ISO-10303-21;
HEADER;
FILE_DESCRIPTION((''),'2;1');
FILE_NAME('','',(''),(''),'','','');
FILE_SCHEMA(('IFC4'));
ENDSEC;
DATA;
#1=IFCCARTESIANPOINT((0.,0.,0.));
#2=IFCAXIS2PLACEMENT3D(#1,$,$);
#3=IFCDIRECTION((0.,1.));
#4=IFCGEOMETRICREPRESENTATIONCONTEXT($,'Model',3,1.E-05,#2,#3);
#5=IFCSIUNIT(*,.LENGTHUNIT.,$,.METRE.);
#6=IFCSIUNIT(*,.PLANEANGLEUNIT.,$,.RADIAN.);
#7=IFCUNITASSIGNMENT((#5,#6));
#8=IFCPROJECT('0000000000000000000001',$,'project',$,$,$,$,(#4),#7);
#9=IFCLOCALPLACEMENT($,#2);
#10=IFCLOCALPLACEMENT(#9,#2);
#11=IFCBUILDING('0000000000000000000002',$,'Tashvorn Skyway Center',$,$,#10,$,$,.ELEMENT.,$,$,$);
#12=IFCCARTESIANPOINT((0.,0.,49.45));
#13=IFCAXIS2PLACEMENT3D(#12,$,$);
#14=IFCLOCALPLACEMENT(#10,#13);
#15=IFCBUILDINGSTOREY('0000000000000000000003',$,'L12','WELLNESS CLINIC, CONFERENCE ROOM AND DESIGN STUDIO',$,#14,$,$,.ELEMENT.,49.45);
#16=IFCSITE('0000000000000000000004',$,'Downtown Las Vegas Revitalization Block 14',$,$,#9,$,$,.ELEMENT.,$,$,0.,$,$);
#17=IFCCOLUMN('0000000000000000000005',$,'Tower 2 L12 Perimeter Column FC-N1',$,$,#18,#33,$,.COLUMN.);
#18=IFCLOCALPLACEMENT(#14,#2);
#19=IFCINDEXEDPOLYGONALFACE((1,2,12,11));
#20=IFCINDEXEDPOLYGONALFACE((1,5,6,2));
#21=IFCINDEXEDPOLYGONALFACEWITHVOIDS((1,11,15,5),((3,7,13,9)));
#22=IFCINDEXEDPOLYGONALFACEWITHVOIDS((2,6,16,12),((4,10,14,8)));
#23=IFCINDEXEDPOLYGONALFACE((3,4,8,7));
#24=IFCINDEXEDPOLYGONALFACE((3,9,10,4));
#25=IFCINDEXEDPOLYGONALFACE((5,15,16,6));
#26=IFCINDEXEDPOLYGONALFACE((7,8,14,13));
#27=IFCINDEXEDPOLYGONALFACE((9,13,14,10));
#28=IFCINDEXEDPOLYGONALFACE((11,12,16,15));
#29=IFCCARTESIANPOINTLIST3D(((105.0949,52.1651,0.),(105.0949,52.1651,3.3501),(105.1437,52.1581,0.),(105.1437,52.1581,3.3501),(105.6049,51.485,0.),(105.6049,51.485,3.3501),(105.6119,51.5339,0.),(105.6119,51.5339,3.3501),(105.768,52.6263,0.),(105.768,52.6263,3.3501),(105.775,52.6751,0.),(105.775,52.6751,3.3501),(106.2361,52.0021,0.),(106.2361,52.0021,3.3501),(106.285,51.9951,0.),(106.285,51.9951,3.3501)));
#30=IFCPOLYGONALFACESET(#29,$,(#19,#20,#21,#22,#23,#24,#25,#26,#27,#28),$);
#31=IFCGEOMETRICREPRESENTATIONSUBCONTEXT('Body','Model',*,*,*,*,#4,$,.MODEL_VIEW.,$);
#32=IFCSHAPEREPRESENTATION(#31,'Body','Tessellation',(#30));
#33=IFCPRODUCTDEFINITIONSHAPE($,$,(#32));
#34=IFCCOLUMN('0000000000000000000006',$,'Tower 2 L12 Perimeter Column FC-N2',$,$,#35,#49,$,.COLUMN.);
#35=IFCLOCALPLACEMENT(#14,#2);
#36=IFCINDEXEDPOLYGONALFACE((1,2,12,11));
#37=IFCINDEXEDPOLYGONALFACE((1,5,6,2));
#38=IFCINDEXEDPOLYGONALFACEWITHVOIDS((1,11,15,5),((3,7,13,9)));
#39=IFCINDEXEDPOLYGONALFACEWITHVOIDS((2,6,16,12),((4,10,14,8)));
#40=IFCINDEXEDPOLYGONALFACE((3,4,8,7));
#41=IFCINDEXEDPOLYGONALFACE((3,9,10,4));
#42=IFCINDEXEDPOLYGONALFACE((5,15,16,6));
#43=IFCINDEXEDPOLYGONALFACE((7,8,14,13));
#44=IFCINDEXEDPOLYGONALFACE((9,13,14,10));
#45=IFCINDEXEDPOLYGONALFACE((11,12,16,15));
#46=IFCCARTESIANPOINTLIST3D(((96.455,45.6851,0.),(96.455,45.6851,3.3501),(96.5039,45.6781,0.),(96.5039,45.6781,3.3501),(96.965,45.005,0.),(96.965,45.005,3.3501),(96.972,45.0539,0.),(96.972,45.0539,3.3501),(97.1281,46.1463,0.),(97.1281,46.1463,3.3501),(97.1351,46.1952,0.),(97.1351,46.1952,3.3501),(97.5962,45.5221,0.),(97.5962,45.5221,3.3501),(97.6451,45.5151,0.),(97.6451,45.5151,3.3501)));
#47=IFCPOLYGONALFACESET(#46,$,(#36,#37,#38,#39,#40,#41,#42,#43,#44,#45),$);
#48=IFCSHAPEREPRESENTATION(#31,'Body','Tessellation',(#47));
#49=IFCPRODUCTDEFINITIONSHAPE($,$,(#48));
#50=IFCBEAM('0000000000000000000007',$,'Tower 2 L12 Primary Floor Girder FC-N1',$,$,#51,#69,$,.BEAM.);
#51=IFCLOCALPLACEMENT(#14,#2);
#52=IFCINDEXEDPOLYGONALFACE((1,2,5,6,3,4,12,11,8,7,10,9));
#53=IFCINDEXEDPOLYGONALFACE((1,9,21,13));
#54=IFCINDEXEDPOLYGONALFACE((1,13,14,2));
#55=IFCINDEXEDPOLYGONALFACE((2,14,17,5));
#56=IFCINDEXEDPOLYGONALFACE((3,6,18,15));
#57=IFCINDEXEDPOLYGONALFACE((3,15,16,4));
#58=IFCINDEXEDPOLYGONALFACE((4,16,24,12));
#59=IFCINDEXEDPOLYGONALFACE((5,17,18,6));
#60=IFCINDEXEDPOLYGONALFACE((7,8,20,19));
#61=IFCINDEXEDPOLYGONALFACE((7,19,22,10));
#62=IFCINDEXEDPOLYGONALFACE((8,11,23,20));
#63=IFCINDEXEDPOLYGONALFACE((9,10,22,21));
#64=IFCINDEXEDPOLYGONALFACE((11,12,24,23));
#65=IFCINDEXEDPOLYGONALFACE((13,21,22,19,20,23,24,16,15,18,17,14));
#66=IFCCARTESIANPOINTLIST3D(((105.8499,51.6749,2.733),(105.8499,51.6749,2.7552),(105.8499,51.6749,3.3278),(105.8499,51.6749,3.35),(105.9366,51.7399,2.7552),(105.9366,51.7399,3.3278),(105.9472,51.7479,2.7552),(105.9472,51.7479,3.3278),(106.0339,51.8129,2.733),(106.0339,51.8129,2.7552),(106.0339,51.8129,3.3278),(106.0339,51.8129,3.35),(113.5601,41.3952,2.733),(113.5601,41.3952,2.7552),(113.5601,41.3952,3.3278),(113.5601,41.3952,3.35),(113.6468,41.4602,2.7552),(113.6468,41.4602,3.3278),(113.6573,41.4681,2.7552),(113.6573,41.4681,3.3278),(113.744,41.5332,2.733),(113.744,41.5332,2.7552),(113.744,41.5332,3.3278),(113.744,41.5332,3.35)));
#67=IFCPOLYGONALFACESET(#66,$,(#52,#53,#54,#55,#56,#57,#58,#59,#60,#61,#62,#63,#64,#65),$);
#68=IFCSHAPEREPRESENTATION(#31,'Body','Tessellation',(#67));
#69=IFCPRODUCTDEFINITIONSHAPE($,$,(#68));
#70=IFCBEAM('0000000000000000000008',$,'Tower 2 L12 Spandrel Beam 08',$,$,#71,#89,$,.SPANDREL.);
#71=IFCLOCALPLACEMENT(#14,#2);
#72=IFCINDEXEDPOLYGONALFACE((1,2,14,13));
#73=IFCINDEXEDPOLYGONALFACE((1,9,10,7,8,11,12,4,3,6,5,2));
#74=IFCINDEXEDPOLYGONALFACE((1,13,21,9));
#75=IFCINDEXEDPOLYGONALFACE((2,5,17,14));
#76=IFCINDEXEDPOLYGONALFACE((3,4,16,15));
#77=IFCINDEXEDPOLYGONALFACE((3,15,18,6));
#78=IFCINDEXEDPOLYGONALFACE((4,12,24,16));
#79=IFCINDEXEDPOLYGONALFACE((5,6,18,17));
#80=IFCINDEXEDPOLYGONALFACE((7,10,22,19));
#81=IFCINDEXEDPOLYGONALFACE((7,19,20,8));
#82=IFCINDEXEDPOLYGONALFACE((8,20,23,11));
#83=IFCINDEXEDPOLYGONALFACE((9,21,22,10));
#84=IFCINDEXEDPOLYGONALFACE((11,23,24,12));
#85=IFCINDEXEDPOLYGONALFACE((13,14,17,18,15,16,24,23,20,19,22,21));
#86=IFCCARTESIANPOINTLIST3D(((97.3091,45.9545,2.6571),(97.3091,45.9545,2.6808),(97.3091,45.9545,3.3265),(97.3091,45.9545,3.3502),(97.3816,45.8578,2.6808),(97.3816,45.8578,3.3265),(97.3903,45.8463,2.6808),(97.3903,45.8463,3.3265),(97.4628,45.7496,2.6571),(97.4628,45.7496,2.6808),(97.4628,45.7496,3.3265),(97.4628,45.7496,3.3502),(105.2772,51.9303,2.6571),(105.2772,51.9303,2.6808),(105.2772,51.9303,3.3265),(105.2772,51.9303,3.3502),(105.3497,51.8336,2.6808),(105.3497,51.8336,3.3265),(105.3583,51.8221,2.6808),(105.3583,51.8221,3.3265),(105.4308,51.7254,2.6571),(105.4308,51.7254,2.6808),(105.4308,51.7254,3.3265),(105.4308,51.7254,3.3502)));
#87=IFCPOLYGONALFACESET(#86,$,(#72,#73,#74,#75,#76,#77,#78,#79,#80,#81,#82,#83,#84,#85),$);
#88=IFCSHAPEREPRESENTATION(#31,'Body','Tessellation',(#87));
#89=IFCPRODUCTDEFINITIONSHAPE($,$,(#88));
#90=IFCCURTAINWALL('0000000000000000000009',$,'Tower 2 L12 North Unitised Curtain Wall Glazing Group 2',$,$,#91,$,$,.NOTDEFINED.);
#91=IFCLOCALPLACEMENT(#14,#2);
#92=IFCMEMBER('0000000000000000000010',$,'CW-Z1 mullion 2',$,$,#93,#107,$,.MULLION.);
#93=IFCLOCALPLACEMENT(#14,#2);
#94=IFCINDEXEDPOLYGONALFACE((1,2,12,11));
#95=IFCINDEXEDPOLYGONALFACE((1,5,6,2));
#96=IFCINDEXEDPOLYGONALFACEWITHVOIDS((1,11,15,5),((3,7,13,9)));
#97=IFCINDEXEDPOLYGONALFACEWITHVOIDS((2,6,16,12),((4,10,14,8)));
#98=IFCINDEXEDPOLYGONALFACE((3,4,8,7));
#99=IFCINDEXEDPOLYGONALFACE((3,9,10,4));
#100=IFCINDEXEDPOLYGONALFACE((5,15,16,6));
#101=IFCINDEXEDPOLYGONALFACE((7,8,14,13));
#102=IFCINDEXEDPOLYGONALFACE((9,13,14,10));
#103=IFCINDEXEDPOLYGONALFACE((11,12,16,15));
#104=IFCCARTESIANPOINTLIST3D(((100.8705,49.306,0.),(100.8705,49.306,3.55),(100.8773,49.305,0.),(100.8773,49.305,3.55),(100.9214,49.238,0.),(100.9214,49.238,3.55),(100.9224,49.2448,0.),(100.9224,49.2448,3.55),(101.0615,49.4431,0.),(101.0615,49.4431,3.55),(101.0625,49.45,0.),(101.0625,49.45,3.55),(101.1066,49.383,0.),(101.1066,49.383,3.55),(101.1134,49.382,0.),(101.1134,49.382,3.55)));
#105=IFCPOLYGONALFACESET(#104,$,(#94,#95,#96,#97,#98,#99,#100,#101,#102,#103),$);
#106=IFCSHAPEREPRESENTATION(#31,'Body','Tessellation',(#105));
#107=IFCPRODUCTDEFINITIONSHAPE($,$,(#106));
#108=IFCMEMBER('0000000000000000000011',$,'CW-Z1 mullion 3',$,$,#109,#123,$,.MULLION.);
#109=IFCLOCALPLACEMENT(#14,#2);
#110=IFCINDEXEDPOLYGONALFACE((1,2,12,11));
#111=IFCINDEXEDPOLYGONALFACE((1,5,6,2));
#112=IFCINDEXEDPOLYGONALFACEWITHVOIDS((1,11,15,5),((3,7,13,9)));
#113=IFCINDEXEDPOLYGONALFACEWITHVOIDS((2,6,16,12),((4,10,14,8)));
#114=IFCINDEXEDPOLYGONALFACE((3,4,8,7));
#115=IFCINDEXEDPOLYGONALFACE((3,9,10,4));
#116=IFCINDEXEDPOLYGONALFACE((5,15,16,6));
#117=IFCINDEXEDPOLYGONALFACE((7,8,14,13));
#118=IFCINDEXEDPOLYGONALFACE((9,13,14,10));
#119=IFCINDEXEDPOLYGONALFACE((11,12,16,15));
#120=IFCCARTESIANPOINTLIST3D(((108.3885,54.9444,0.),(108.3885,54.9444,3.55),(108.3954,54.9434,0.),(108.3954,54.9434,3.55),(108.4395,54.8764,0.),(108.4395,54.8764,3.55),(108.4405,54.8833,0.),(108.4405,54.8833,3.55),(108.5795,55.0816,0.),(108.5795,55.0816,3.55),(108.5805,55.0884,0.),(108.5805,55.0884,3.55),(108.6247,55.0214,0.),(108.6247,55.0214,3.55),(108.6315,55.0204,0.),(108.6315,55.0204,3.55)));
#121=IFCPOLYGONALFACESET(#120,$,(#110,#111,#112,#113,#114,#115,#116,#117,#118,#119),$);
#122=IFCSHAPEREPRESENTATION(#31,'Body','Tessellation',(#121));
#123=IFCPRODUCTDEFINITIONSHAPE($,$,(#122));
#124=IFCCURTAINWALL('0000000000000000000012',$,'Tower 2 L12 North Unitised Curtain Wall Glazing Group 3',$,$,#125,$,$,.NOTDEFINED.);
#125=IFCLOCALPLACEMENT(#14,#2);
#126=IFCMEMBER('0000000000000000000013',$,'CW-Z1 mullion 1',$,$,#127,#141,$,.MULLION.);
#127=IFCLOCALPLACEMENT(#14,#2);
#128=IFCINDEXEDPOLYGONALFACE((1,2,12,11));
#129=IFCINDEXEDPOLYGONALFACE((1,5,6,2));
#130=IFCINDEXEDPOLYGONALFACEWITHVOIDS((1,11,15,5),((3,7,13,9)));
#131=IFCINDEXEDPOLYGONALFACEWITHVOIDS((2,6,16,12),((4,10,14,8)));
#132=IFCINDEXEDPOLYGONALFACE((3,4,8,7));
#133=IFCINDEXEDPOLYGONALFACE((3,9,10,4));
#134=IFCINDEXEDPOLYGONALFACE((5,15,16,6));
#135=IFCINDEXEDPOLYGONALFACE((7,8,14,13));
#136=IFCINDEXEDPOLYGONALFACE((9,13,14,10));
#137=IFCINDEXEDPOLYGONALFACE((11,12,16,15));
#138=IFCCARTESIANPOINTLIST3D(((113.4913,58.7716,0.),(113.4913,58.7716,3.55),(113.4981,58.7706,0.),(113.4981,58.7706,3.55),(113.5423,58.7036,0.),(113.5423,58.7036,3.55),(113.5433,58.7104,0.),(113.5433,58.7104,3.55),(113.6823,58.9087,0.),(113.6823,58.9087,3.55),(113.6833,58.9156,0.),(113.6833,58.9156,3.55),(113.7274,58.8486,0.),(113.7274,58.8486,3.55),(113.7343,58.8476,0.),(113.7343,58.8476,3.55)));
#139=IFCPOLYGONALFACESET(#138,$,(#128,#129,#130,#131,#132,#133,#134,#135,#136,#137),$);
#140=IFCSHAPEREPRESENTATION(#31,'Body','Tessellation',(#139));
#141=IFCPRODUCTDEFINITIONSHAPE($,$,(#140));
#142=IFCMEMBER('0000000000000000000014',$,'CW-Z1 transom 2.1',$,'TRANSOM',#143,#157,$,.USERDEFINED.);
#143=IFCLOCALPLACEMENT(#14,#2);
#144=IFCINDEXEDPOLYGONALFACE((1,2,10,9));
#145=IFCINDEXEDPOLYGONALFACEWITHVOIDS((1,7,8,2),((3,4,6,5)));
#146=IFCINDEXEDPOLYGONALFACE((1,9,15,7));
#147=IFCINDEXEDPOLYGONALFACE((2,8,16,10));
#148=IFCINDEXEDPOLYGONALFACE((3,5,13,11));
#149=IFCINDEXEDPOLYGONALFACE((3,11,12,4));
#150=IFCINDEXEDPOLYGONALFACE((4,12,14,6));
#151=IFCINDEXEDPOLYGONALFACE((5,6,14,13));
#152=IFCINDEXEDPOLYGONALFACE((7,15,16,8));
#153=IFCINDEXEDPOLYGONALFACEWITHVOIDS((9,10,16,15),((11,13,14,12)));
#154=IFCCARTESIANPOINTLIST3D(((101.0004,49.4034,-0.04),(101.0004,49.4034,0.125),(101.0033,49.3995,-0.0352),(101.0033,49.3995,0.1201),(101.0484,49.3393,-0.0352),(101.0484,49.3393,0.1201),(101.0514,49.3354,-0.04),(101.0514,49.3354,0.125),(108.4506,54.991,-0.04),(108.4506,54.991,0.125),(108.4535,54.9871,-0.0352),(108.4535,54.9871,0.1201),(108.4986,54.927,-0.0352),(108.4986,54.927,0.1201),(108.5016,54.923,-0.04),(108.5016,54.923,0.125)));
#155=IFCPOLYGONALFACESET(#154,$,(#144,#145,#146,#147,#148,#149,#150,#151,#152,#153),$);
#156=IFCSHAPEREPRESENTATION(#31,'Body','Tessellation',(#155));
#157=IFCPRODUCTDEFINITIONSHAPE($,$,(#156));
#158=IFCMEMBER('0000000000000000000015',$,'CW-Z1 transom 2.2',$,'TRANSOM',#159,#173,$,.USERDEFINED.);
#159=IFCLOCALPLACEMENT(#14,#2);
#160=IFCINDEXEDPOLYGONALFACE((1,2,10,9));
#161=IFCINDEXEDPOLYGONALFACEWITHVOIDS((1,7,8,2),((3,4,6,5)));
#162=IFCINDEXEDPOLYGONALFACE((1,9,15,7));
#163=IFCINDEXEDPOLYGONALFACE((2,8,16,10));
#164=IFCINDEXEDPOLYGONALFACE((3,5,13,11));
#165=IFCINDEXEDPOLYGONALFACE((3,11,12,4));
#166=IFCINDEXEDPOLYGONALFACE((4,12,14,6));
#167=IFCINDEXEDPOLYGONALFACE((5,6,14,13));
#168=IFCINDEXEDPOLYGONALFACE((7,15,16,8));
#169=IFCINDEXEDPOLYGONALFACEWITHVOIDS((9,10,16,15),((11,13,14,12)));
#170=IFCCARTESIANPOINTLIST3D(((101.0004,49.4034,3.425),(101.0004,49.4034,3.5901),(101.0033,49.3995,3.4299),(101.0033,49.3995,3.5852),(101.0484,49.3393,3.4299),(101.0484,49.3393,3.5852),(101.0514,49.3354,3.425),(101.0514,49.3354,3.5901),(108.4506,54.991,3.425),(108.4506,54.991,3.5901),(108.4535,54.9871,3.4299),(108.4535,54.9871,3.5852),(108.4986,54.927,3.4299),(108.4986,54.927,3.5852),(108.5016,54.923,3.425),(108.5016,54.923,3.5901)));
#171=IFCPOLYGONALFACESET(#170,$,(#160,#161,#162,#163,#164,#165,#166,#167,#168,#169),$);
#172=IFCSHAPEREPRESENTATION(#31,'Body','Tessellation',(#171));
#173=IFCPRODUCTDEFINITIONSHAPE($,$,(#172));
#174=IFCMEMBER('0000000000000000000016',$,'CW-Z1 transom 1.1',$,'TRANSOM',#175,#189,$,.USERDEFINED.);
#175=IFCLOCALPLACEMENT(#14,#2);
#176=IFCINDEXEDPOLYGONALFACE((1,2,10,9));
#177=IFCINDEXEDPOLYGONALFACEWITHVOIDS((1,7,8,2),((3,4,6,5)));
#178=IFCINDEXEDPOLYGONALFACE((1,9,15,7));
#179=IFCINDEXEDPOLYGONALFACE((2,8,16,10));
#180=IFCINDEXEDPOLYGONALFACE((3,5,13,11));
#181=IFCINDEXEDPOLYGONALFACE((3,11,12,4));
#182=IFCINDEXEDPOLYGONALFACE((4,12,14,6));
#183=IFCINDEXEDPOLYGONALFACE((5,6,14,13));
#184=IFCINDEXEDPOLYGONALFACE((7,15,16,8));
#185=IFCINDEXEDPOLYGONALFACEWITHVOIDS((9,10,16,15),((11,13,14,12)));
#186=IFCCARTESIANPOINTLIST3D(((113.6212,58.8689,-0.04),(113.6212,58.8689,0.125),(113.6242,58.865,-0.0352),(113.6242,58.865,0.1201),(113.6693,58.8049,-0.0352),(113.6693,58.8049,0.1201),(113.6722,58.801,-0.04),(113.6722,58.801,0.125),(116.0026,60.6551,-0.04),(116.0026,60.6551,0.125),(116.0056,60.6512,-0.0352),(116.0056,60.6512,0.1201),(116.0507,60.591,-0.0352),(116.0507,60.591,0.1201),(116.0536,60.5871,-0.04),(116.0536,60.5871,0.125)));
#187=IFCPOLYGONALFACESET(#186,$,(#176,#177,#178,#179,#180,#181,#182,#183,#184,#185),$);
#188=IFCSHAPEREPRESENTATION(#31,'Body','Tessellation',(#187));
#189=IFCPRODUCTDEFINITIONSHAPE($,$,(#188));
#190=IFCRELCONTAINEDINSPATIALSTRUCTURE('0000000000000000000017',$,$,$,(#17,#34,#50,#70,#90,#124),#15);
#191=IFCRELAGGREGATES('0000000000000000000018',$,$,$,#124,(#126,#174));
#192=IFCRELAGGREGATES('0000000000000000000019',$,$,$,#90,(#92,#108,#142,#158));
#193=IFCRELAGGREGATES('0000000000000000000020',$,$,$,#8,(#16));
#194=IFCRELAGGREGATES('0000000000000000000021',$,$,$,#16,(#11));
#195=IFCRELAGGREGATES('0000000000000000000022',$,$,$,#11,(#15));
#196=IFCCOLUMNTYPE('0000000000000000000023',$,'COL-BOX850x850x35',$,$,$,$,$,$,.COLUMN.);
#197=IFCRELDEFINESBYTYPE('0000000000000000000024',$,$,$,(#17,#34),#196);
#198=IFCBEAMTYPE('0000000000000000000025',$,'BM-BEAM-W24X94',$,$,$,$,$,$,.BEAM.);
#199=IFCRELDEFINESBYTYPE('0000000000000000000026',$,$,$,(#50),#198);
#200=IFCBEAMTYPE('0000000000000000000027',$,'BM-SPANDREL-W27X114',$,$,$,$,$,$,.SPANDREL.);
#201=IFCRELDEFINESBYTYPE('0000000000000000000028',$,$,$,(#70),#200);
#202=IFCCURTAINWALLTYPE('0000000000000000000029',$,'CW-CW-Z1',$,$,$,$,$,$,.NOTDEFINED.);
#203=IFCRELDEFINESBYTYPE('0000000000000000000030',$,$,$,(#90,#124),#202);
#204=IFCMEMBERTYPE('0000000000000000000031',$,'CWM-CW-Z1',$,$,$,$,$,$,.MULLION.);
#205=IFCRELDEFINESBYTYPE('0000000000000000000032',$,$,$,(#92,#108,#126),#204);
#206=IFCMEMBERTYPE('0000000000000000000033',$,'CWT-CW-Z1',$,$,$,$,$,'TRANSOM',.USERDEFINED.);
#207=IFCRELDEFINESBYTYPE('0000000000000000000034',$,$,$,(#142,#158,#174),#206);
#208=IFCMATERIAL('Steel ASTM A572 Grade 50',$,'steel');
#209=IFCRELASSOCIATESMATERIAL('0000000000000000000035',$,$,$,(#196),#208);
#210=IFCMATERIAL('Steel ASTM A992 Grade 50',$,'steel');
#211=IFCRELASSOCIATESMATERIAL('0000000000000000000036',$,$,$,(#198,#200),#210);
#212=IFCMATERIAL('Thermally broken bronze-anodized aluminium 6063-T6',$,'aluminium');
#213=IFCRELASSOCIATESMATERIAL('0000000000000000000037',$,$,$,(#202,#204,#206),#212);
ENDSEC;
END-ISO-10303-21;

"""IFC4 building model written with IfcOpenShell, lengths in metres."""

from ifc_helpers import new_model, si_unit, direction, frame, origin, origin_2d, place, context, subcontext, project, spatial, hollow_rectangle, i_section, extrude, material, material_profile, profile_set, type_object, element, aggregate, save


model = new_model("IFC4")

# Units and contexts
model_context = context("Model", 3, precision=1e-05, world=origin(), true_north=direction((0.0, 1.0)))
body_context = subcontext(model_context, "Body", "Model", "MODEL_VIEW")
ifc_project = project(units=[si_unit("LENGTHUNIT", "METRE"), si_unit("PLANEANGLEUNIT", "RADIAN")], contexts=[model_context])

# Site, building, storey
site_placement = place(None, origin())
site = spatial("IfcSite", under=ifc_project, at=site_placement, Name="Downtown Las Vegas Revitalization Block 14", CompositionType="ELEMENT", RefElevation=0.0)
building_placement = place(site_placement, origin())
building = spatial("IfcBuilding", under=site, at=building_placement, Name="Tashvorn Skyway Center", CompositionType="ELEMENT")
storey_placement = place(building_placement, frame((0.0, 0.0, 49.45)))
storey = spatial("IfcBuildingStorey", under=building, at=storey_placement, Name="L12", Description="WELLNESS CLINIC, CONFERENCE ROOM AND DESIGN STUDIO", CompositionType="ELEMENT", Elevation=49.45)

# Columns
ifc_material_1 = material(Name="Steel ASTM A572 Grade 50", Category="steel")
ifc_material_profile_1 = material_profile(ifc_material_1, hollow_rectangle(XDim=0.8501, YDim=0.8501, WallThickness=0.0349, at=origin_2d()), Name="BOX850x850x35")
ifc_profile_set_1 = profile_set([ifc_material_profile_1], Name="Steel ASTM A572 Grade 50")
column_type = type_object("IfcColumnType", Name="COL-BOX850x850x35", PredefinedType="COLUMN", material=ifc_profile_set_1)
for number, where, z_axis, x_axis, name in (
    (1, (105.6899, 52.0801, 0.0), (0.0, 0.0, 1.0), (0.8, 0.6, 0.0), "Tower 2 L12 Perimeter Column FC-N1"),
    (2, (97.05, 45.6001, 0.0), (0.0, 0.0, 1.0), (0.8, 0.6, 0.0), "Tower 2 L12 Perimeter Column FC-N2"),
):
    element("IfcColumn", number, at=place(storey_placement, frame(where, z_axis=z_axis, x_axis=x_axis)), inside=storey, type_object=column_type, Name=name, PredefinedType="COLUMN", context=body_context, shape_type="SweptSolid", body=[
        extrude(hollow_rectangle(XDim=0.8501, YDim=0.8501, WallThickness=0.0349, at=origin_2d()), origin(), (0.0, 0.0, 1.0), 3.3501),
    ])

# Beams
ifc_material_2 = material(Name="Steel ASTM A992 Grade 50", Category="steel")
ifc_material_profile_2 = material_profile(ifc_material_2, i_section(OverallWidth=0.23, OverallDepth=0.6169, WebThickness=0.0132, FlangeThickness=0.0222, at=origin_2d()), Name="W24X94")
ifc_profile_set_2 = profile_set([ifc_material_profile_2], Name="Steel ASTM A992 Grade 50")
beam_type_1 = type_object("IfcBeamType", Name="BM-BEAM-W24X94", PredefinedType="BEAM", material=ifc_profile_set_2)
beam_1_placement = place(storey_placement, frame((105.9419, 51.7439, 3.0415), z_axis=(0.600018, -0.799986, 0.0), x_axis=(0.799986, 0.600018, 0.0)))
element("IfcBeam", 3, at=beam_1_placement, inside=storey, type_object=beam_type_1, Name="Tower 2 L12 Primary Floor Girder FC-N1", PredefinedType="BEAM", context=body_context, shape_type="SweptSolid", body=[
    extrude(i_section(OverallWidth=0.23, OverallDepth=0.6169, WebThickness=0.0132, FlangeThickness=0.0222, at=origin_2d()), origin(), (0.0, 0.0, 1.0), 12.8499),
])
ifc_material_profile_3 = material_profile(ifc_material_2, i_section(OverallWidth=0.2561, OverallDepth=0.6931, WebThickness=0.0144, FlangeThickness=0.0237, at=origin_2d()), Name="W27X114")
ifc_profile_set_3 = profile_set([ifc_material_profile_3], Name="Steel ASTM A992 Grade 50")
beam_type_2 = type_object("IfcBeamType", Name="BM-SPANDREL-W27X114", PredefinedType="SPANDREL", material=ifc_profile_set_3)
beam_2_placement = place(storey_placement, frame((105.354, 51.8279, 3.0037), z_axis=(-0.800009, -0.599988, 0.0), x_axis=(0.599988, -0.800009, 0.0)))
element("IfcBeam", 4, at=beam_2_placement, inside=storey, type_object=beam_type_2, Name="Tower 2 L12 Spandrel Beam 08", PredefinedType="SPANDREL", context=body_context, shape_type="SweptSolid", body=[
    extrude(i_section(OverallWidth=0.2561, OverallDepth=0.6931, WebThickness=0.0144, FlangeThickness=0.0237, at=origin_2d()), origin(), (0.0, 0.0, 1.0), 9.96),
])

# Curtain wall, members
ifc_material_3 = material(Name="Thermally broken bronze-anodized aluminium 6063-T6", Category="aluminium")
curtain_wall_type = type_object("IfcCurtainWallType", Name="CW-CW-Z1", PredefinedType="NOTDEFINED", material=ifc_material_3)
curtain_wall_1_placement = place(storey_placement, origin())
curtain_wall_1 = element("IfcCurtainWall", 5, at=curtain_wall_1_placement, inside=storey, type_object=curtain_wall_type, Name="Tower 2 L12 North Unitised Curtain Wall Glazing Group 2", PredefinedType="NOTDEFINED")
ifc_material_profile_4 = material_profile(ifc_material_3, hollow_rectangle(XDim=0.085, YDim=0.24, WallThickness=0.0049, at=origin_2d()), Name="ALU-MULL-85x240")
ifc_profile_set_4 = profile_set([ifc_material_profile_4], Name="Thermally broken bronze-anodized aluminium 6063-T6")
member_type_1 = type_object("IfcMemberType", Name="CWM-CW-Z1", PredefinedType="MULLION", material=ifc_profile_set_4)
member_1_placement = place(storey_placement, frame((100.9919, 49.344, 0.0), z_axis=(0.0, 0.0, 1.0), x_axis=(-0.6, 0.8, 0.0)))
member_1 = element("IfcMember", 6, at=member_1_placement, type_object=member_type_1, Name="CW-Z1 mullion 2", PredefinedType="MULLION", context=body_context, shape_type="SweptSolid", body=[
    extrude(hollow_rectangle(XDim=0.085, YDim=0.24, WallThickness=0.0049, at=origin_2d()), origin(), (0.0, 0.0, 1.0), 3.55),
])
member_2_placement = place(storey_placement, frame((108.51, 54.9824, 0.0), z_axis=(0.0, 0.0, 1.0), x_axis=(-0.6, 0.8, 0.0)))
member_2 = element("IfcMember", 7, at=member_2_placement, type_object=member_type_1, Name="CW-Z1 mullion 3", PredefinedType="MULLION", context=body_context, shape_type="SweptSolid", body=[
    extrude(hollow_rectangle(XDim=0.085, YDim=0.24, WallThickness=0.0049, at=origin_2d()), origin(), (0.0, 0.0, 1.0), 3.55),
])

# Curtain wall, member
curtain_wall_2_placement = place(storey_placement, origin())
curtain_wall_2 = element("IfcCurtainWall", 8, at=curtain_wall_2_placement, inside=storey, type_object=curtain_wall_type, Name="Tower 2 L12 North Unitised Curtain Wall Glazing Group 3", PredefinedType="NOTDEFINED")
member_3_placement = place(storey_placement, frame((113.6128, 58.8096, 0.0), z_axis=(0.0, 0.0, 1.0), x_axis=(-0.600005, 0.799996, 0.0)))
member_3 = element("IfcMember", 9, at=member_3_placement, type_object=member_type_1, Name="CW-Z1 mullion 1", PredefinedType="MULLION", context=body_context, shape_type="SweptSolid", body=[
    extrude(hollow_rectangle(XDim=0.085, YDim=0.24, WallThickness=0.0049, at=origin_2d()), origin(), (0.0, 0.0, 1.0), 3.55),
])

# Members
ifc_material_profile_5 = material_profile(ifc_material_3, hollow_rectangle(XDim=0.085, YDim=0.165, WallThickness=0.0049, at=origin_2d()), Name="ALU-TRAN-85x165")
ifc_profile_set_5 = profile_set([ifc_material_profile_5], Name="Thermally broken bronze-anodized aluminium 6063-T6")
member_type_2 = type_object("IfcMemberType", Name="CWT-CW-Z1", ElementType="TRANSOM", PredefinedType="USERDEFINED", material=ifc_profile_set_5)
member_4_placement = place(storey_placement, frame((101.0259, 49.3694, 0.0425), z_axis=(0.8, 0.6, 0.0), x_axis=(-0.6, 0.8, 0.0)))
member_4 = element("IfcMember", 10, at=member_4_placement, type_object=member_type_2, Name="CW-Z1 transom 2.1", ObjectType="TRANSOM", PredefinedType="USERDEFINED", context=body_context, shape_type="SweptSolid", body=[
    extrude(hollow_rectangle(XDim=0.085, YDim=0.165, WallThickness=0.0049, at=origin_2d()), origin(), (0.0, 0.0, 1.0), 9.3127),
])
member_5_placement = place(storey_placement, frame((101.0259, 49.3694, 3.5076), z_axis=(0.8, 0.6, 0.0), x_axis=(-0.6, 0.8, 0.0)))
member_5 = element("IfcMember", 11, at=member_5_placement, type_object=member_type_2, Name="CW-Z1 transom 2.2", ObjectType="TRANSOM", PredefinedType="USERDEFINED", context=body_context, shape_type="SweptSolid", body=[
    extrude(hollow_rectangle(XDim=0.085, YDim=0.165, WallThickness=0.0049, at=origin_2d()), origin(), (0.0, 0.0, 1.0), 9.3127),
])
member_6_placement = place(storey_placement, frame((113.6467, 58.835, 0.0425), z_axis=(0.79998, 0.600026, 0.0), x_axis=(-0.600026, 0.79998, 0.0)))
member_6 = element("IfcMember", 12, at=member_6_placement, type_object=member_type_2, Name="CW-Z1 transom 1.1", ObjectType="TRANSOM", PredefinedType="USERDEFINED", context=body_context, shape_type="SweptSolid", body=[
    extrude(hollow_rectangle(XDim=0.085, YDim=0.165, WallThickness=0.0049, at=origin_2d()), origin(), (0.0, 0.0, 1.0), 2.9768),
])
aggregate(curtain_wall_2, [member_3, member_6])

aggregate(curtain_wall_1, [member_1, member_2, member_4, member_5])

save(model, "model.ifc")
